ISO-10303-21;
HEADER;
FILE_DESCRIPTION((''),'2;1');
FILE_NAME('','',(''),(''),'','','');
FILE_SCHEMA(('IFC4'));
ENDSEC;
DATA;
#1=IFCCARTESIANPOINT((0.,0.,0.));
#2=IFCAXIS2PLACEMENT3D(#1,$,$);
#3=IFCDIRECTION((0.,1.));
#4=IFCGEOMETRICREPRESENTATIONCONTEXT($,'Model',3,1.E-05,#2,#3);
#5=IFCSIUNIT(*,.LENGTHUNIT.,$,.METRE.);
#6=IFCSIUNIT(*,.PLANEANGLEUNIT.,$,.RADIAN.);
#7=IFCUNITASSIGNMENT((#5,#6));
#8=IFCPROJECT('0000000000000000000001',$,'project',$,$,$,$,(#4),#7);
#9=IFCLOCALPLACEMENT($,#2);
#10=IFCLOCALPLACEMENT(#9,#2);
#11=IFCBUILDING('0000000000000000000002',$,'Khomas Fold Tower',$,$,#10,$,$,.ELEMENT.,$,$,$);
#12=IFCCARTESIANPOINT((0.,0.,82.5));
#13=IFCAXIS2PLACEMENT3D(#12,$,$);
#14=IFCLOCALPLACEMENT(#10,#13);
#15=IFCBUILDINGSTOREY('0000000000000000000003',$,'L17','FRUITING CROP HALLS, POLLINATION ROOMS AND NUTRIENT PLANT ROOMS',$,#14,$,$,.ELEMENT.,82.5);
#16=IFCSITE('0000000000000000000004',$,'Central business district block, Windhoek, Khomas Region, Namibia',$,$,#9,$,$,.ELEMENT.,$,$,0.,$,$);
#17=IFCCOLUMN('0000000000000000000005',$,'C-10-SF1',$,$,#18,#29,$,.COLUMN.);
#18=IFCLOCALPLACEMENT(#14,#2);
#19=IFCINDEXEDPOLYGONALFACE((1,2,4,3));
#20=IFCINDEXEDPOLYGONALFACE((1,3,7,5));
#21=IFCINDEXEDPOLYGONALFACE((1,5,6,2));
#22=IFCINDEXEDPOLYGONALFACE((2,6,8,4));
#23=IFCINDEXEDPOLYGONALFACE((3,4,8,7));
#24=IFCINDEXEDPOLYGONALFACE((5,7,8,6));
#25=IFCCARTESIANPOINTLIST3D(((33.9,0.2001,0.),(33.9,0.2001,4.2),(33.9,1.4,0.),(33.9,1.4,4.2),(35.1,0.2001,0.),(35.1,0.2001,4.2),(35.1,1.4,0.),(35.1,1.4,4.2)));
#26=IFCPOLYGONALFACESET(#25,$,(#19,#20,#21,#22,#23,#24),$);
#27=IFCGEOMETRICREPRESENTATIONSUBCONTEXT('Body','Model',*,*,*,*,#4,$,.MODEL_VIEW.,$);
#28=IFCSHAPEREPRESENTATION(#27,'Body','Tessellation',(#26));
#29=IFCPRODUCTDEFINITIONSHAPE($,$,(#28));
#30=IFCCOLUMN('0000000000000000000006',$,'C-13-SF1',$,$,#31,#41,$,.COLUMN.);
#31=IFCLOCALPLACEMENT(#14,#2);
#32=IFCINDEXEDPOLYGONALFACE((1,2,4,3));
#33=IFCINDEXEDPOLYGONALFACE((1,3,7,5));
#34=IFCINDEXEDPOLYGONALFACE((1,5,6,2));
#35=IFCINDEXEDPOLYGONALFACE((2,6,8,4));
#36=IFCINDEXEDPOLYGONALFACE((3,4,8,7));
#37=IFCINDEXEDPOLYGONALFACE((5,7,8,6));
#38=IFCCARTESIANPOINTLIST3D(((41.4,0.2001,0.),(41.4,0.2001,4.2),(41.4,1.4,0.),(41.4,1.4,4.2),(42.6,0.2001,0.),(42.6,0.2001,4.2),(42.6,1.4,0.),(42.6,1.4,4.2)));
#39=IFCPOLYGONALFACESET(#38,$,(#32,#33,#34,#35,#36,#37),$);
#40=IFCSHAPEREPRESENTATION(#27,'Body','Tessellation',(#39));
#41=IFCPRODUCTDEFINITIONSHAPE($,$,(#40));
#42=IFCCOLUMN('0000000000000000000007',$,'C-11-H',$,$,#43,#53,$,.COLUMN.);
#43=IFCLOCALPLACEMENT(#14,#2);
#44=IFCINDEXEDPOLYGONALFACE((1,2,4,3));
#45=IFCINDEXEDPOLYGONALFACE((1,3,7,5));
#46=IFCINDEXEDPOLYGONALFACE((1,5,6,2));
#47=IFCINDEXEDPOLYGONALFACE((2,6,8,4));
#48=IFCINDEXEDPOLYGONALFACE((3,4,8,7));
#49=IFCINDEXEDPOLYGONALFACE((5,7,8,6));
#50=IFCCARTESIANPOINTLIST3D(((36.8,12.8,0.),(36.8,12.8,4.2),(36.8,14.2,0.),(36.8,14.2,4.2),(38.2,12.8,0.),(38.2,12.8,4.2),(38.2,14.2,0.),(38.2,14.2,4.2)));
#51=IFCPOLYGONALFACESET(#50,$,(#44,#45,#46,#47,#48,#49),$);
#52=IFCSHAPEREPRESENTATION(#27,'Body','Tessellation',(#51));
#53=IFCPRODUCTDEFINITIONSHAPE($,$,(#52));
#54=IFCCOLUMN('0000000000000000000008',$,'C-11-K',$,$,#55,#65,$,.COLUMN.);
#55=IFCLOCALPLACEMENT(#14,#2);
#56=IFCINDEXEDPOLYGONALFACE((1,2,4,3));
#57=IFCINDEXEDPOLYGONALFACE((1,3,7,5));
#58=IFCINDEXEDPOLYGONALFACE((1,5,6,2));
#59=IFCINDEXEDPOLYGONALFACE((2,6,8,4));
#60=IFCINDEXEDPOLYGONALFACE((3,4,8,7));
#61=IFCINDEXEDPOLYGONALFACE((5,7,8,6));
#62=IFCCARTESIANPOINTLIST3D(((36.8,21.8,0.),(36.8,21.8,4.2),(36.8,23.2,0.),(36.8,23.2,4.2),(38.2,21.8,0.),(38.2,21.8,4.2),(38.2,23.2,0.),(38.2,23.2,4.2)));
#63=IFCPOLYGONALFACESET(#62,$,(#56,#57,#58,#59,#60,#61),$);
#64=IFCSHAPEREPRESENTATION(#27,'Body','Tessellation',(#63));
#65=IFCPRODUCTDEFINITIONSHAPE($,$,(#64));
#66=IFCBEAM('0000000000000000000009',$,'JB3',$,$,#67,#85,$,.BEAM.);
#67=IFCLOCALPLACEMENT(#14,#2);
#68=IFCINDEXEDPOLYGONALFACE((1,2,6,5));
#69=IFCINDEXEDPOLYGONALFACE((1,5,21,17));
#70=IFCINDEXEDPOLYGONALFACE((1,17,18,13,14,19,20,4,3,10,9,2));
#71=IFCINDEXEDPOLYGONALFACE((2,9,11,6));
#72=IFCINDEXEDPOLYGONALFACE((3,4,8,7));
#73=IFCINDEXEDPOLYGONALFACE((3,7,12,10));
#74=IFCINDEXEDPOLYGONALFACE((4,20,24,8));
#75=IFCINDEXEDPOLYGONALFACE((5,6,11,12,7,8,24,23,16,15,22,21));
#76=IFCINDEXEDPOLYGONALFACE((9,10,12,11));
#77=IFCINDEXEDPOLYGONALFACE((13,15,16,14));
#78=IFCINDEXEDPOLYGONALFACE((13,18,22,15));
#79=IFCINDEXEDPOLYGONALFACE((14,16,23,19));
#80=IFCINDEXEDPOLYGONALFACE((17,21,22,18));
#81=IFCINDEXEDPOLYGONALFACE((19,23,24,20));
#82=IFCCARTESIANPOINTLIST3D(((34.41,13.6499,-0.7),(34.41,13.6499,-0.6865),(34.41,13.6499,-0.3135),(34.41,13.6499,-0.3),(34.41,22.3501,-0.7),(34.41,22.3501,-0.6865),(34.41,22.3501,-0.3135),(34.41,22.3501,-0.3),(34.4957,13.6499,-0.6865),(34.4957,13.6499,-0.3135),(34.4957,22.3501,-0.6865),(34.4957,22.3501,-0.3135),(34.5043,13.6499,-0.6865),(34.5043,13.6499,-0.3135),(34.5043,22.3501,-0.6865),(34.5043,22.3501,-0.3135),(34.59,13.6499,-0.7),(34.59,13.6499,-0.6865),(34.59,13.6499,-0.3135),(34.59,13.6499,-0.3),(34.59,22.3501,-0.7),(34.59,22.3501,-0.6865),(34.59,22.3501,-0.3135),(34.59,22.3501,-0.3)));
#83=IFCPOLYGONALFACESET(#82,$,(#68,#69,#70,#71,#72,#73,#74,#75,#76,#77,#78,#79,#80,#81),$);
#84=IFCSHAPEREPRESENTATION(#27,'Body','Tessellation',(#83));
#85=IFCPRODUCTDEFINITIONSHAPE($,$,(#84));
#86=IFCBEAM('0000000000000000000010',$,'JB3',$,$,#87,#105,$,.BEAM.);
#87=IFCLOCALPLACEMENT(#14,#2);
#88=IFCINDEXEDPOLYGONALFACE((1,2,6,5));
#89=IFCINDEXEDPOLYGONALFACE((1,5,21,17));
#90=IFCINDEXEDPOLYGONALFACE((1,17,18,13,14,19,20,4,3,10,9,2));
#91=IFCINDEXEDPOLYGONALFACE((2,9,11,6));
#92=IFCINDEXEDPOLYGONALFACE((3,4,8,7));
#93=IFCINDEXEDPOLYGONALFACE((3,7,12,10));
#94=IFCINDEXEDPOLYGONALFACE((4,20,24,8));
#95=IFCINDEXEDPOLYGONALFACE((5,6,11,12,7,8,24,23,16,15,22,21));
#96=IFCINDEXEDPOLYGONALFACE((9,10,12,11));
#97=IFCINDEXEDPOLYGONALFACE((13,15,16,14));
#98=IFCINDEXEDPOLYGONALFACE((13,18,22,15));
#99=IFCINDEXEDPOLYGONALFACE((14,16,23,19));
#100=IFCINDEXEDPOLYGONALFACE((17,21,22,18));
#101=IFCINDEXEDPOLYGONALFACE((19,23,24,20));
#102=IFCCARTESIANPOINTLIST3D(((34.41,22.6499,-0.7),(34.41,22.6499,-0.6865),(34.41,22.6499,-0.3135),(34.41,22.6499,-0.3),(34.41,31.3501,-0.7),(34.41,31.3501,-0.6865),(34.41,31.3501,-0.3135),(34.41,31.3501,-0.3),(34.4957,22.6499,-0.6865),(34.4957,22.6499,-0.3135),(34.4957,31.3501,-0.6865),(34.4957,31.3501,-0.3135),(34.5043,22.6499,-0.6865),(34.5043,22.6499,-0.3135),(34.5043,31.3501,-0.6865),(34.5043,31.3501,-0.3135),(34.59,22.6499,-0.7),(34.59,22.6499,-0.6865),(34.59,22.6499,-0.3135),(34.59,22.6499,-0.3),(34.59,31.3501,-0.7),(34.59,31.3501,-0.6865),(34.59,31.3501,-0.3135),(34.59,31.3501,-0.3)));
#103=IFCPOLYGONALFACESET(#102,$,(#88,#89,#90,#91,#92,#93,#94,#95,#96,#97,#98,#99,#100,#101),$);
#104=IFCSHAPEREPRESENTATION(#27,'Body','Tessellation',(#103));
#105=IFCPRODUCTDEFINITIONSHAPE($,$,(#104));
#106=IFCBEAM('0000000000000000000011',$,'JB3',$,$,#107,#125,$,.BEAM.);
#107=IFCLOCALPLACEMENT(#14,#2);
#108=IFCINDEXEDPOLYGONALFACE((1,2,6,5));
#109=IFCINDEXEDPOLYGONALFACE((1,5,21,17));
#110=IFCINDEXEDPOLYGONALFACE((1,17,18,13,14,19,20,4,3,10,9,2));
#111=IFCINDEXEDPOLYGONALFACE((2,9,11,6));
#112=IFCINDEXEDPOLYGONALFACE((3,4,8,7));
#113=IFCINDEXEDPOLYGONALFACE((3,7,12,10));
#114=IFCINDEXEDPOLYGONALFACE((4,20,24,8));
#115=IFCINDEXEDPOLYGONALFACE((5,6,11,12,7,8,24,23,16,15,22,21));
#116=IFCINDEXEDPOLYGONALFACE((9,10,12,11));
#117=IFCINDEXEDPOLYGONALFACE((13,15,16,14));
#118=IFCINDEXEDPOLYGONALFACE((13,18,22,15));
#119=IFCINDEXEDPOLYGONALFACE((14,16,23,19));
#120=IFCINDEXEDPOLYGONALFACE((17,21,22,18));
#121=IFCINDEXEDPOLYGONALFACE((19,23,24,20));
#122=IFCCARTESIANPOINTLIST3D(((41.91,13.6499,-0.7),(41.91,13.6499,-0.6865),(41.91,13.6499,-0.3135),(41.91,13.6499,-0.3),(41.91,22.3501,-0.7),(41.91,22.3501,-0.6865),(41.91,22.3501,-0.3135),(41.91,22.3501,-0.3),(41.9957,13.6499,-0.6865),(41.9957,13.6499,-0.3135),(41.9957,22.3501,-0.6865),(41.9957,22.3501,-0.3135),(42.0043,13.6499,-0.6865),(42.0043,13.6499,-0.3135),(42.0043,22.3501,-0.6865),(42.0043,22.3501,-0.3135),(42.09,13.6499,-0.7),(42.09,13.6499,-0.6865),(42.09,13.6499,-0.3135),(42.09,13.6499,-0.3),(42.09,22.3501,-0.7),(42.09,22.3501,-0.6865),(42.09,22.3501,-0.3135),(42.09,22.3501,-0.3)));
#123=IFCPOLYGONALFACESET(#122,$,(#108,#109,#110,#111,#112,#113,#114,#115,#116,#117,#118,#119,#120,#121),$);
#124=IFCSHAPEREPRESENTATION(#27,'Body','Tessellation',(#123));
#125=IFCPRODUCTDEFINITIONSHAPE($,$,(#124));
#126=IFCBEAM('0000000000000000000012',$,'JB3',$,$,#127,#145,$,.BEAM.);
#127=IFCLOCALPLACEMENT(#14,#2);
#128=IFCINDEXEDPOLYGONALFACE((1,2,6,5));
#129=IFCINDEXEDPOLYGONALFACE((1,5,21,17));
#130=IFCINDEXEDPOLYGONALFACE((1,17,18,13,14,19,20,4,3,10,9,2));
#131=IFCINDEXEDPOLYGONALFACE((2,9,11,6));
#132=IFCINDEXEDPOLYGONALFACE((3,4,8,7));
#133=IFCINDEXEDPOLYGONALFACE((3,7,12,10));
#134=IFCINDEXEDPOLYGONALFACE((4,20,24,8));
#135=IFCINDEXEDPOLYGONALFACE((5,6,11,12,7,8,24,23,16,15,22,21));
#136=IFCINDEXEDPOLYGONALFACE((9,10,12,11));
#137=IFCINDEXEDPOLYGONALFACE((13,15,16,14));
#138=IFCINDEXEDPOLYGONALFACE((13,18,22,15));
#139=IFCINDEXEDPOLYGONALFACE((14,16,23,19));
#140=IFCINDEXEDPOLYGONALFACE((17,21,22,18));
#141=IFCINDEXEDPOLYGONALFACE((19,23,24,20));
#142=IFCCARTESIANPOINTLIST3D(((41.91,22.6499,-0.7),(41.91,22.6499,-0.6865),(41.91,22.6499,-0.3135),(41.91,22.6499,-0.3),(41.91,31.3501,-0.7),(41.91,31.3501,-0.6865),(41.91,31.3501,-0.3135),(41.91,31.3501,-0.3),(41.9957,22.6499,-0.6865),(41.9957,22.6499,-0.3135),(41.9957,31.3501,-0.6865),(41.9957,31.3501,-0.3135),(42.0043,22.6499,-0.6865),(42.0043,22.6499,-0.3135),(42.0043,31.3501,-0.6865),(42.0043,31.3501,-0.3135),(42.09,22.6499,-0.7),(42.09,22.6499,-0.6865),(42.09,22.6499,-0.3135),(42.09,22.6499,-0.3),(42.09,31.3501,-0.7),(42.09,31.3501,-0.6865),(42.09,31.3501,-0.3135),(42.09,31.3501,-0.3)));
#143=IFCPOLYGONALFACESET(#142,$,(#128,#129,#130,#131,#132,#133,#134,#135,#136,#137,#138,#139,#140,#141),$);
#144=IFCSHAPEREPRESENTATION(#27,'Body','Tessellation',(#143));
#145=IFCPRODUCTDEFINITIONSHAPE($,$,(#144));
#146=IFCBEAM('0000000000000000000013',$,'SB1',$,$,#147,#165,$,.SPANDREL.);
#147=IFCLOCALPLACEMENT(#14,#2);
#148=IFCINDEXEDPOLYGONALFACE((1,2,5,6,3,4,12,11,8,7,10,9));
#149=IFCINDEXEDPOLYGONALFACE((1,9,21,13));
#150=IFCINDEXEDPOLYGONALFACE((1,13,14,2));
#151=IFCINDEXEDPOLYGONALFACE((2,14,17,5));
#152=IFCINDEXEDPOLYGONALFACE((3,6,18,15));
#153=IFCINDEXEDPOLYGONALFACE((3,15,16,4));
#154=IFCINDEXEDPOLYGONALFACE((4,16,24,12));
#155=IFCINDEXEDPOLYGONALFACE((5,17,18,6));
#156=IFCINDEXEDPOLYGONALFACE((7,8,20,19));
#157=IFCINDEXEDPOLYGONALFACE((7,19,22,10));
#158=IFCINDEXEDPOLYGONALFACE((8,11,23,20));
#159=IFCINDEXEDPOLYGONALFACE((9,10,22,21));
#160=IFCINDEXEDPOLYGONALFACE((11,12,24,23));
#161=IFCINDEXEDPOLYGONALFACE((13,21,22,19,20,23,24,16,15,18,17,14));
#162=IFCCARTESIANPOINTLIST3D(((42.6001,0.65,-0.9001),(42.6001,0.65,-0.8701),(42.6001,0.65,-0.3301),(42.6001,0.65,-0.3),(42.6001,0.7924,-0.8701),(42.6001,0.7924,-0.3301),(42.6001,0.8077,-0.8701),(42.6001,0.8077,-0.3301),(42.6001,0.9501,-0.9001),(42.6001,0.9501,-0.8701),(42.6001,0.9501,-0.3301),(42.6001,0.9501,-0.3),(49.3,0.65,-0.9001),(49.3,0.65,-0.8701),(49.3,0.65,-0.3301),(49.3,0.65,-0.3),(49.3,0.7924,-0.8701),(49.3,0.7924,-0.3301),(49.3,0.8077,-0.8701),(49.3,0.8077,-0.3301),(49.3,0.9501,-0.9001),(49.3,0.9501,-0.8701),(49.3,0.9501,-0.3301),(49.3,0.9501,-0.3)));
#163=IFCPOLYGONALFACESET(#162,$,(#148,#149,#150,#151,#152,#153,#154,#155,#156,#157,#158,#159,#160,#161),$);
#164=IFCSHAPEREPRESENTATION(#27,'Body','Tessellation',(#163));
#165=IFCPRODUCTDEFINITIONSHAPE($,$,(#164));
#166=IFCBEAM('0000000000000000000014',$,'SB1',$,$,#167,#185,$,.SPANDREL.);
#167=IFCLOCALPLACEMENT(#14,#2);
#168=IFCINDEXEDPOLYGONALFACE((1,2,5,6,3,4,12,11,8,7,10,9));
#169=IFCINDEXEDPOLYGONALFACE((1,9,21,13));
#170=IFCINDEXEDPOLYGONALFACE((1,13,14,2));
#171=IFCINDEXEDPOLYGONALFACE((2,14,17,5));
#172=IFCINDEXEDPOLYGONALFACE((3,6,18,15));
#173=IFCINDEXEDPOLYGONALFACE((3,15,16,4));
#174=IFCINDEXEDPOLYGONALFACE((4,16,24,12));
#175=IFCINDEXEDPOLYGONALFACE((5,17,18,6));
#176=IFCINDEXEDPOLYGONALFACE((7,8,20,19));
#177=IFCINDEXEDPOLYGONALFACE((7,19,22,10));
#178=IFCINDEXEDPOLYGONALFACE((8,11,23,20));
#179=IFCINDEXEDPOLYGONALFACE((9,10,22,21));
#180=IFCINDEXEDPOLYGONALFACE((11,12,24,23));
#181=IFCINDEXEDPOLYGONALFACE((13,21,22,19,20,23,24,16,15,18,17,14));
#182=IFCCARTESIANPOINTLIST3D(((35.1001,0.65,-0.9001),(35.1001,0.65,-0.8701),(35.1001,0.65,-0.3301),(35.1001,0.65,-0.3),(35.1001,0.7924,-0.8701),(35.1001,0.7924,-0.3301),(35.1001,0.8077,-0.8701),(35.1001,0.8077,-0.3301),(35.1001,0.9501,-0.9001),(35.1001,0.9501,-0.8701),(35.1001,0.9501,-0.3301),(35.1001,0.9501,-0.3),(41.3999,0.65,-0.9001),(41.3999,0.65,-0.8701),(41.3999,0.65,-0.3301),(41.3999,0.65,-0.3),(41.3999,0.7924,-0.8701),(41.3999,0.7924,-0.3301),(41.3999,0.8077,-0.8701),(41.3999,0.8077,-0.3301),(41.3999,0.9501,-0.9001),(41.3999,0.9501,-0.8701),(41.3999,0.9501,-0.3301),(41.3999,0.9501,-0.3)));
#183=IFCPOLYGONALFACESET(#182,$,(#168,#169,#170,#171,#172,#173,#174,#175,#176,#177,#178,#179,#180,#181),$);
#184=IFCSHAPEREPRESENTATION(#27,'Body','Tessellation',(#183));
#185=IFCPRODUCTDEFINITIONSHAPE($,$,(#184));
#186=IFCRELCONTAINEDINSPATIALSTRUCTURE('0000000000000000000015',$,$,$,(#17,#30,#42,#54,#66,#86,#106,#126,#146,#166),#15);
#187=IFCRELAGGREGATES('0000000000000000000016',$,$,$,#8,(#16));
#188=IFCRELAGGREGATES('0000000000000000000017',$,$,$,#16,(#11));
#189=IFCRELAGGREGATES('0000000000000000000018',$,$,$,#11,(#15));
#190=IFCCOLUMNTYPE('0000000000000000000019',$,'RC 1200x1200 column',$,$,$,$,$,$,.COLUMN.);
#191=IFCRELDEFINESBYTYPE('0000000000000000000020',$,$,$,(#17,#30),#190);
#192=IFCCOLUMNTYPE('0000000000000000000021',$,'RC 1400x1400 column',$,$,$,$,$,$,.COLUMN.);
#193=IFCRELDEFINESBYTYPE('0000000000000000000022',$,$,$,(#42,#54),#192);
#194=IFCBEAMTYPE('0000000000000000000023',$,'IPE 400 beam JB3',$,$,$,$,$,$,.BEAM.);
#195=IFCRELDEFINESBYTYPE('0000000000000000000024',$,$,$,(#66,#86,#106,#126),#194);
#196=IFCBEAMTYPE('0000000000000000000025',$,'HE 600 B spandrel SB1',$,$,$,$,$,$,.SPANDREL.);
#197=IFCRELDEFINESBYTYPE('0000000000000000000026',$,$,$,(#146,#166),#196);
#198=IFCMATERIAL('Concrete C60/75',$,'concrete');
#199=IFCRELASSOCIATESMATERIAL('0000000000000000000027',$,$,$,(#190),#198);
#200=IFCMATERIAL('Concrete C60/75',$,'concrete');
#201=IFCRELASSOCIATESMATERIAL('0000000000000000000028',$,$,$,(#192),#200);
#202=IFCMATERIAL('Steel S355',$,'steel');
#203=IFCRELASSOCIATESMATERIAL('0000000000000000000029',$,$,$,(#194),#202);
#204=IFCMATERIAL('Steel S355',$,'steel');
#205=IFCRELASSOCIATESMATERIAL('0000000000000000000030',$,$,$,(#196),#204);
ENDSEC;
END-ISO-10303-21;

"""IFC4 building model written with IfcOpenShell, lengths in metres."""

from ifc_helpers import new_model, si_unit, direction, frame, origin, origin_2d, place, context, subcontext, project, spatial, rectangle, i_section, extrude, source, transform, mapped, material, material_profile, profile_set, type_object, element, save


model = new_model("IFC4")

# Units and contexts
model_context = context("Model", 3, precision=1e-05, world=origin(), true_north=direction((0.0, 1.0)))
body_context = subcontext(model_context, "Body", "Model", "MODEL_VIEW")
ifc_project = project(units=[si_unit("LENGTHUNIT", "METRE"), si_unit("PLANEANGLEUNIT", "RADIAN")], contexts=[model_context])

# Site, building, storey
site_placement = place(None, origin())
site = spatial("IfcSite", under=ifc_project, at=site_placement, Name="Central business district block, Windhoek, Khomas Region, Namibia", CompositionType="ELEMENT", RefElevation=0.0)
building_placement = place(site_placement, origin())
building = spatial("IfcBuilding", under=site, at=building_placement, Name="Khomas Fold Tower", CompositionType="ELEMENT")
storey_placement = place(building_placement, frame((0.0, 0.0, 82.5)))
storey = spatial("IfcBuildingStorey", under=building, at=storey_placement, Name="L17", Description="FRUITING CROP HALLS, POLLINATION ROOMS AND NUTRIENT PLANT ROOMS", CompositionType="ELEMENT", Elevation=82.5)

# Columns
ifc_material_1 = material(Name="Concrete C60/75", Category="concrete")
ifc_material_profile_1 = material_profile(ifc_material_1, rectangle(XDim=1.2, YDim=1.2, at=origin_2d()), Name="RC 1200x1200")
ifc_profile_set_1 = profile_set([ifc_material_profile_1], Name="Concrete C60/75")
column_type_1 = type_object("IfcColumnType", Name="RC 1200x1200 column", PredefinedType="COLUMN", material=ifc_profile_set_1)
shared_shape_1 = source(origin(), body_context, "Body", "SweptSolid", [
    extrude(rectangle(XDim=1.2, YDim=1.2, at=origin_2d()), origin(), (0.0, 0.0, 1.0), 4.2),
])
for number, where, z_axis, x_axis, name in (
    (1, (34.5, 0.8, 0.0), (0.0, 0.0, 1.0), (1.0, 0.0, 0.0), "C-10-SF1"),
    (2, (42.0, 0.8, 0.0), (0.0, 0.0, 1.0), (1.0, 0.0, 0.0), "C-13-SF1"),
):
    element("IfcColumn", number, at=place(storey_placement, frame(where, z_axis=z_axis, x_axis=x_axis)), inside=storey, type_object=column_type_1, Name=name, PredefinedType="COLUMN", context=body_context, shape_type="MappedRepresentation", body=[
        mapped(shared_shape_1, transform((0.0, 0.0, 0.0))),
    ])
ifc_material_2 = material(Name="Concrete C60/75", Category="concrete")
ifc_material_profile_2 = material_profile(ifc_material_2, rectangle(XDim=1.3999, YDim=1.3999, at=origin_2d()), Name="RC 1400x1400")
ifc_profile_set_2 = profile_set([ifc_material_profile_2], Name="Concrete C60/75")
column_type_2 = type_object("IfcColumnType", Name="RC 1400x1400 column", PredefinedType="COLUMN", material=ifc_profile_set_2)
shared_shape_2 = source(origin(), body_context, "Body", "SweptSolid", [
    extrude(rectangle(XDim=1.3999, YDim=1.3999, at=origin_2d()), origin(), (0.0, 0.0, 1.0), 4.2),
])
for number, where, z_axis, x_axis, name in (
    (3, (37.5, 13.5, 0.0), (0.0, 0.0, 1.0), (1.0, 0.0, 0.0), "C-11-H"),
    (4, (37.5, 22.5, 0.0), (0.0, 0.0, 1.0), (1.0, 0.0, 0.0), "C-11-K"),
):
    element("IfcColumn", number, at=place(storey_placement, frame(where, z_axis=z_axis, x_axis=x_axis)), inside=storey, type_object=column_type_2, Name=name, PredefinedType="COLUMN", context=body_context, shape_type="MappedRepresentation", body=[
        mapped(shared_shape_2, transform((0.0, 0.0, 0.0))),
    ])

# Beams
ifc_material_3 = material(Name="Steel S355", Category="steel")
ifc_material_profile_3 = material_profile(ifc_material_3, i_section(OverallWidth=0.1799, OverallDepth=0.3999, WebThickness=0.0085, FlangeThickness=0.0134, at=origin_2d()), Name="IPE 400")
ifc_profile_set_3 = profile_set([ifc_material_profile_3], Name="Steel S355")
beam_type_1 = type_object("IfcBeamType", Name="IPE 400 beam JB3", PredefinedType="BEAM", material=ifc_profile_set_3)
shared_shape_3 = source(origin(), body_context, "Body", "SweptSolid", [
    extrude(i_section(OverallWidth=0.1799, OverallDepth=0.3999, WebThickness=0.0085, FlangeThickness=0.0134, at=origin_2d()), origin(), (0.0, 0.0, 1.0), 8.7002),
])
for number, where, z_axis, x_axis, name in (
    (5, (34.5, 13.6499, -0.5), (0.0, 1.0, 0.0), (-1.0, 0.0, 0.0), "JB3"),
    (6, (34.5, 22.6499, -0.5), (0.0, 1.0, 0.0), (-1.0, 0.0, 0.0), "JB3"),
    (7, (42.0, 13.6499, -0.5), (0.0, 1.0, 0.0), (-1.0, 0.0, 0.0), "JB3"),
    (8, (42.0, 22.6499, -0.5), (0.0, 1.0, 0.0), (-1.0, 0.0, 0.0), "JB3"),
):
    element("IfcBeam", number, at=place(storey_placement, frame(where, z_axis=z_axis, x_axis=x_axis)), inside=storey, type_object=beam_type_1, Name=name, PredefinedType="BEAM", context=body_context, shape_type="MappedRepresentation", body=[
        mapped(shared_shape_3, transform((0.0, 0.0, 0.0))),
    ])
ifc_material_4 = material(Name="Steel S355", Category="steel")
ifc_material_profile_4 = material_profile(ifc_material_4, i_section(OverallWidth=0.3, OverallDepth=0.6001, WebThickness=0.0154, FlangeThickness=0.03, at=origin_2d()), Name="HE 600 B")
ifc_profile_set_4 = profile_set([ifc_material_profile_4], Name="Steel S355")
beam_type_2 = type_object("IfcBeamType", Name="HE 600 B spandrel SB1", PredefinedType="SPANDREL", material=ifc_profile_set_4)
shared_shape_4 = source(origin(), body_context, "Body", "SweptSolid", [
    extrude(i_section(OverallWidth=0.3, OverallDepth=0.6001, WebThickness=0.0154, FlangeThickness=0.03, at=origin_2d()), origin(), (0.0, 0.0, 1.0), 6.7),
])
beam_1_placement = place(storey_placement, frame((42.6001, 0.8, -0.6001), z_axis=(1.0, 0.0, 0.0), x_axis=(0.0, 1.0, 0.0)))
element("IfcBeam", 9, at=beam_1_placement, inside=storey, type_object=beam_type_2, Name="SB1", PredefinedType="SPANDREL", context=body_context, shape_type="MappedRepresentation", body=[
    mapped(shared_shape_4, transform((0.0, 0.0, 0.0))),
])
shared_shape_5 = source(origin(), body_context, "Body", "SweptSolid", [
    extrude(i_section(OverallWidth=0.3, OverallDepth=0.6001, WebThickness=0.0154, FlangeThickness=0.03, at=origin_2d()), origin(), (0.0, 0.0, 1.0), 6.2998),
])
beam_2_placement = place(storey_placement, frame((35.1001, 0.8, -0.6001), z_axis=(1.0, 0.0, 0.0), x_axis=(0.0, 1.0, 0.0)))
element("IfcBeam", 10, at=beam_2_placement, inside=storey, type_object=beam_type_2, Name="SB1", PredefinedType="SPANDREL", context=body_context, shape_type="MappedRepresentation", body=[
    mapped(shared_shape_5, transform((0.0, 0.0, 0.0))),
])

save(model, "model.ifc")
